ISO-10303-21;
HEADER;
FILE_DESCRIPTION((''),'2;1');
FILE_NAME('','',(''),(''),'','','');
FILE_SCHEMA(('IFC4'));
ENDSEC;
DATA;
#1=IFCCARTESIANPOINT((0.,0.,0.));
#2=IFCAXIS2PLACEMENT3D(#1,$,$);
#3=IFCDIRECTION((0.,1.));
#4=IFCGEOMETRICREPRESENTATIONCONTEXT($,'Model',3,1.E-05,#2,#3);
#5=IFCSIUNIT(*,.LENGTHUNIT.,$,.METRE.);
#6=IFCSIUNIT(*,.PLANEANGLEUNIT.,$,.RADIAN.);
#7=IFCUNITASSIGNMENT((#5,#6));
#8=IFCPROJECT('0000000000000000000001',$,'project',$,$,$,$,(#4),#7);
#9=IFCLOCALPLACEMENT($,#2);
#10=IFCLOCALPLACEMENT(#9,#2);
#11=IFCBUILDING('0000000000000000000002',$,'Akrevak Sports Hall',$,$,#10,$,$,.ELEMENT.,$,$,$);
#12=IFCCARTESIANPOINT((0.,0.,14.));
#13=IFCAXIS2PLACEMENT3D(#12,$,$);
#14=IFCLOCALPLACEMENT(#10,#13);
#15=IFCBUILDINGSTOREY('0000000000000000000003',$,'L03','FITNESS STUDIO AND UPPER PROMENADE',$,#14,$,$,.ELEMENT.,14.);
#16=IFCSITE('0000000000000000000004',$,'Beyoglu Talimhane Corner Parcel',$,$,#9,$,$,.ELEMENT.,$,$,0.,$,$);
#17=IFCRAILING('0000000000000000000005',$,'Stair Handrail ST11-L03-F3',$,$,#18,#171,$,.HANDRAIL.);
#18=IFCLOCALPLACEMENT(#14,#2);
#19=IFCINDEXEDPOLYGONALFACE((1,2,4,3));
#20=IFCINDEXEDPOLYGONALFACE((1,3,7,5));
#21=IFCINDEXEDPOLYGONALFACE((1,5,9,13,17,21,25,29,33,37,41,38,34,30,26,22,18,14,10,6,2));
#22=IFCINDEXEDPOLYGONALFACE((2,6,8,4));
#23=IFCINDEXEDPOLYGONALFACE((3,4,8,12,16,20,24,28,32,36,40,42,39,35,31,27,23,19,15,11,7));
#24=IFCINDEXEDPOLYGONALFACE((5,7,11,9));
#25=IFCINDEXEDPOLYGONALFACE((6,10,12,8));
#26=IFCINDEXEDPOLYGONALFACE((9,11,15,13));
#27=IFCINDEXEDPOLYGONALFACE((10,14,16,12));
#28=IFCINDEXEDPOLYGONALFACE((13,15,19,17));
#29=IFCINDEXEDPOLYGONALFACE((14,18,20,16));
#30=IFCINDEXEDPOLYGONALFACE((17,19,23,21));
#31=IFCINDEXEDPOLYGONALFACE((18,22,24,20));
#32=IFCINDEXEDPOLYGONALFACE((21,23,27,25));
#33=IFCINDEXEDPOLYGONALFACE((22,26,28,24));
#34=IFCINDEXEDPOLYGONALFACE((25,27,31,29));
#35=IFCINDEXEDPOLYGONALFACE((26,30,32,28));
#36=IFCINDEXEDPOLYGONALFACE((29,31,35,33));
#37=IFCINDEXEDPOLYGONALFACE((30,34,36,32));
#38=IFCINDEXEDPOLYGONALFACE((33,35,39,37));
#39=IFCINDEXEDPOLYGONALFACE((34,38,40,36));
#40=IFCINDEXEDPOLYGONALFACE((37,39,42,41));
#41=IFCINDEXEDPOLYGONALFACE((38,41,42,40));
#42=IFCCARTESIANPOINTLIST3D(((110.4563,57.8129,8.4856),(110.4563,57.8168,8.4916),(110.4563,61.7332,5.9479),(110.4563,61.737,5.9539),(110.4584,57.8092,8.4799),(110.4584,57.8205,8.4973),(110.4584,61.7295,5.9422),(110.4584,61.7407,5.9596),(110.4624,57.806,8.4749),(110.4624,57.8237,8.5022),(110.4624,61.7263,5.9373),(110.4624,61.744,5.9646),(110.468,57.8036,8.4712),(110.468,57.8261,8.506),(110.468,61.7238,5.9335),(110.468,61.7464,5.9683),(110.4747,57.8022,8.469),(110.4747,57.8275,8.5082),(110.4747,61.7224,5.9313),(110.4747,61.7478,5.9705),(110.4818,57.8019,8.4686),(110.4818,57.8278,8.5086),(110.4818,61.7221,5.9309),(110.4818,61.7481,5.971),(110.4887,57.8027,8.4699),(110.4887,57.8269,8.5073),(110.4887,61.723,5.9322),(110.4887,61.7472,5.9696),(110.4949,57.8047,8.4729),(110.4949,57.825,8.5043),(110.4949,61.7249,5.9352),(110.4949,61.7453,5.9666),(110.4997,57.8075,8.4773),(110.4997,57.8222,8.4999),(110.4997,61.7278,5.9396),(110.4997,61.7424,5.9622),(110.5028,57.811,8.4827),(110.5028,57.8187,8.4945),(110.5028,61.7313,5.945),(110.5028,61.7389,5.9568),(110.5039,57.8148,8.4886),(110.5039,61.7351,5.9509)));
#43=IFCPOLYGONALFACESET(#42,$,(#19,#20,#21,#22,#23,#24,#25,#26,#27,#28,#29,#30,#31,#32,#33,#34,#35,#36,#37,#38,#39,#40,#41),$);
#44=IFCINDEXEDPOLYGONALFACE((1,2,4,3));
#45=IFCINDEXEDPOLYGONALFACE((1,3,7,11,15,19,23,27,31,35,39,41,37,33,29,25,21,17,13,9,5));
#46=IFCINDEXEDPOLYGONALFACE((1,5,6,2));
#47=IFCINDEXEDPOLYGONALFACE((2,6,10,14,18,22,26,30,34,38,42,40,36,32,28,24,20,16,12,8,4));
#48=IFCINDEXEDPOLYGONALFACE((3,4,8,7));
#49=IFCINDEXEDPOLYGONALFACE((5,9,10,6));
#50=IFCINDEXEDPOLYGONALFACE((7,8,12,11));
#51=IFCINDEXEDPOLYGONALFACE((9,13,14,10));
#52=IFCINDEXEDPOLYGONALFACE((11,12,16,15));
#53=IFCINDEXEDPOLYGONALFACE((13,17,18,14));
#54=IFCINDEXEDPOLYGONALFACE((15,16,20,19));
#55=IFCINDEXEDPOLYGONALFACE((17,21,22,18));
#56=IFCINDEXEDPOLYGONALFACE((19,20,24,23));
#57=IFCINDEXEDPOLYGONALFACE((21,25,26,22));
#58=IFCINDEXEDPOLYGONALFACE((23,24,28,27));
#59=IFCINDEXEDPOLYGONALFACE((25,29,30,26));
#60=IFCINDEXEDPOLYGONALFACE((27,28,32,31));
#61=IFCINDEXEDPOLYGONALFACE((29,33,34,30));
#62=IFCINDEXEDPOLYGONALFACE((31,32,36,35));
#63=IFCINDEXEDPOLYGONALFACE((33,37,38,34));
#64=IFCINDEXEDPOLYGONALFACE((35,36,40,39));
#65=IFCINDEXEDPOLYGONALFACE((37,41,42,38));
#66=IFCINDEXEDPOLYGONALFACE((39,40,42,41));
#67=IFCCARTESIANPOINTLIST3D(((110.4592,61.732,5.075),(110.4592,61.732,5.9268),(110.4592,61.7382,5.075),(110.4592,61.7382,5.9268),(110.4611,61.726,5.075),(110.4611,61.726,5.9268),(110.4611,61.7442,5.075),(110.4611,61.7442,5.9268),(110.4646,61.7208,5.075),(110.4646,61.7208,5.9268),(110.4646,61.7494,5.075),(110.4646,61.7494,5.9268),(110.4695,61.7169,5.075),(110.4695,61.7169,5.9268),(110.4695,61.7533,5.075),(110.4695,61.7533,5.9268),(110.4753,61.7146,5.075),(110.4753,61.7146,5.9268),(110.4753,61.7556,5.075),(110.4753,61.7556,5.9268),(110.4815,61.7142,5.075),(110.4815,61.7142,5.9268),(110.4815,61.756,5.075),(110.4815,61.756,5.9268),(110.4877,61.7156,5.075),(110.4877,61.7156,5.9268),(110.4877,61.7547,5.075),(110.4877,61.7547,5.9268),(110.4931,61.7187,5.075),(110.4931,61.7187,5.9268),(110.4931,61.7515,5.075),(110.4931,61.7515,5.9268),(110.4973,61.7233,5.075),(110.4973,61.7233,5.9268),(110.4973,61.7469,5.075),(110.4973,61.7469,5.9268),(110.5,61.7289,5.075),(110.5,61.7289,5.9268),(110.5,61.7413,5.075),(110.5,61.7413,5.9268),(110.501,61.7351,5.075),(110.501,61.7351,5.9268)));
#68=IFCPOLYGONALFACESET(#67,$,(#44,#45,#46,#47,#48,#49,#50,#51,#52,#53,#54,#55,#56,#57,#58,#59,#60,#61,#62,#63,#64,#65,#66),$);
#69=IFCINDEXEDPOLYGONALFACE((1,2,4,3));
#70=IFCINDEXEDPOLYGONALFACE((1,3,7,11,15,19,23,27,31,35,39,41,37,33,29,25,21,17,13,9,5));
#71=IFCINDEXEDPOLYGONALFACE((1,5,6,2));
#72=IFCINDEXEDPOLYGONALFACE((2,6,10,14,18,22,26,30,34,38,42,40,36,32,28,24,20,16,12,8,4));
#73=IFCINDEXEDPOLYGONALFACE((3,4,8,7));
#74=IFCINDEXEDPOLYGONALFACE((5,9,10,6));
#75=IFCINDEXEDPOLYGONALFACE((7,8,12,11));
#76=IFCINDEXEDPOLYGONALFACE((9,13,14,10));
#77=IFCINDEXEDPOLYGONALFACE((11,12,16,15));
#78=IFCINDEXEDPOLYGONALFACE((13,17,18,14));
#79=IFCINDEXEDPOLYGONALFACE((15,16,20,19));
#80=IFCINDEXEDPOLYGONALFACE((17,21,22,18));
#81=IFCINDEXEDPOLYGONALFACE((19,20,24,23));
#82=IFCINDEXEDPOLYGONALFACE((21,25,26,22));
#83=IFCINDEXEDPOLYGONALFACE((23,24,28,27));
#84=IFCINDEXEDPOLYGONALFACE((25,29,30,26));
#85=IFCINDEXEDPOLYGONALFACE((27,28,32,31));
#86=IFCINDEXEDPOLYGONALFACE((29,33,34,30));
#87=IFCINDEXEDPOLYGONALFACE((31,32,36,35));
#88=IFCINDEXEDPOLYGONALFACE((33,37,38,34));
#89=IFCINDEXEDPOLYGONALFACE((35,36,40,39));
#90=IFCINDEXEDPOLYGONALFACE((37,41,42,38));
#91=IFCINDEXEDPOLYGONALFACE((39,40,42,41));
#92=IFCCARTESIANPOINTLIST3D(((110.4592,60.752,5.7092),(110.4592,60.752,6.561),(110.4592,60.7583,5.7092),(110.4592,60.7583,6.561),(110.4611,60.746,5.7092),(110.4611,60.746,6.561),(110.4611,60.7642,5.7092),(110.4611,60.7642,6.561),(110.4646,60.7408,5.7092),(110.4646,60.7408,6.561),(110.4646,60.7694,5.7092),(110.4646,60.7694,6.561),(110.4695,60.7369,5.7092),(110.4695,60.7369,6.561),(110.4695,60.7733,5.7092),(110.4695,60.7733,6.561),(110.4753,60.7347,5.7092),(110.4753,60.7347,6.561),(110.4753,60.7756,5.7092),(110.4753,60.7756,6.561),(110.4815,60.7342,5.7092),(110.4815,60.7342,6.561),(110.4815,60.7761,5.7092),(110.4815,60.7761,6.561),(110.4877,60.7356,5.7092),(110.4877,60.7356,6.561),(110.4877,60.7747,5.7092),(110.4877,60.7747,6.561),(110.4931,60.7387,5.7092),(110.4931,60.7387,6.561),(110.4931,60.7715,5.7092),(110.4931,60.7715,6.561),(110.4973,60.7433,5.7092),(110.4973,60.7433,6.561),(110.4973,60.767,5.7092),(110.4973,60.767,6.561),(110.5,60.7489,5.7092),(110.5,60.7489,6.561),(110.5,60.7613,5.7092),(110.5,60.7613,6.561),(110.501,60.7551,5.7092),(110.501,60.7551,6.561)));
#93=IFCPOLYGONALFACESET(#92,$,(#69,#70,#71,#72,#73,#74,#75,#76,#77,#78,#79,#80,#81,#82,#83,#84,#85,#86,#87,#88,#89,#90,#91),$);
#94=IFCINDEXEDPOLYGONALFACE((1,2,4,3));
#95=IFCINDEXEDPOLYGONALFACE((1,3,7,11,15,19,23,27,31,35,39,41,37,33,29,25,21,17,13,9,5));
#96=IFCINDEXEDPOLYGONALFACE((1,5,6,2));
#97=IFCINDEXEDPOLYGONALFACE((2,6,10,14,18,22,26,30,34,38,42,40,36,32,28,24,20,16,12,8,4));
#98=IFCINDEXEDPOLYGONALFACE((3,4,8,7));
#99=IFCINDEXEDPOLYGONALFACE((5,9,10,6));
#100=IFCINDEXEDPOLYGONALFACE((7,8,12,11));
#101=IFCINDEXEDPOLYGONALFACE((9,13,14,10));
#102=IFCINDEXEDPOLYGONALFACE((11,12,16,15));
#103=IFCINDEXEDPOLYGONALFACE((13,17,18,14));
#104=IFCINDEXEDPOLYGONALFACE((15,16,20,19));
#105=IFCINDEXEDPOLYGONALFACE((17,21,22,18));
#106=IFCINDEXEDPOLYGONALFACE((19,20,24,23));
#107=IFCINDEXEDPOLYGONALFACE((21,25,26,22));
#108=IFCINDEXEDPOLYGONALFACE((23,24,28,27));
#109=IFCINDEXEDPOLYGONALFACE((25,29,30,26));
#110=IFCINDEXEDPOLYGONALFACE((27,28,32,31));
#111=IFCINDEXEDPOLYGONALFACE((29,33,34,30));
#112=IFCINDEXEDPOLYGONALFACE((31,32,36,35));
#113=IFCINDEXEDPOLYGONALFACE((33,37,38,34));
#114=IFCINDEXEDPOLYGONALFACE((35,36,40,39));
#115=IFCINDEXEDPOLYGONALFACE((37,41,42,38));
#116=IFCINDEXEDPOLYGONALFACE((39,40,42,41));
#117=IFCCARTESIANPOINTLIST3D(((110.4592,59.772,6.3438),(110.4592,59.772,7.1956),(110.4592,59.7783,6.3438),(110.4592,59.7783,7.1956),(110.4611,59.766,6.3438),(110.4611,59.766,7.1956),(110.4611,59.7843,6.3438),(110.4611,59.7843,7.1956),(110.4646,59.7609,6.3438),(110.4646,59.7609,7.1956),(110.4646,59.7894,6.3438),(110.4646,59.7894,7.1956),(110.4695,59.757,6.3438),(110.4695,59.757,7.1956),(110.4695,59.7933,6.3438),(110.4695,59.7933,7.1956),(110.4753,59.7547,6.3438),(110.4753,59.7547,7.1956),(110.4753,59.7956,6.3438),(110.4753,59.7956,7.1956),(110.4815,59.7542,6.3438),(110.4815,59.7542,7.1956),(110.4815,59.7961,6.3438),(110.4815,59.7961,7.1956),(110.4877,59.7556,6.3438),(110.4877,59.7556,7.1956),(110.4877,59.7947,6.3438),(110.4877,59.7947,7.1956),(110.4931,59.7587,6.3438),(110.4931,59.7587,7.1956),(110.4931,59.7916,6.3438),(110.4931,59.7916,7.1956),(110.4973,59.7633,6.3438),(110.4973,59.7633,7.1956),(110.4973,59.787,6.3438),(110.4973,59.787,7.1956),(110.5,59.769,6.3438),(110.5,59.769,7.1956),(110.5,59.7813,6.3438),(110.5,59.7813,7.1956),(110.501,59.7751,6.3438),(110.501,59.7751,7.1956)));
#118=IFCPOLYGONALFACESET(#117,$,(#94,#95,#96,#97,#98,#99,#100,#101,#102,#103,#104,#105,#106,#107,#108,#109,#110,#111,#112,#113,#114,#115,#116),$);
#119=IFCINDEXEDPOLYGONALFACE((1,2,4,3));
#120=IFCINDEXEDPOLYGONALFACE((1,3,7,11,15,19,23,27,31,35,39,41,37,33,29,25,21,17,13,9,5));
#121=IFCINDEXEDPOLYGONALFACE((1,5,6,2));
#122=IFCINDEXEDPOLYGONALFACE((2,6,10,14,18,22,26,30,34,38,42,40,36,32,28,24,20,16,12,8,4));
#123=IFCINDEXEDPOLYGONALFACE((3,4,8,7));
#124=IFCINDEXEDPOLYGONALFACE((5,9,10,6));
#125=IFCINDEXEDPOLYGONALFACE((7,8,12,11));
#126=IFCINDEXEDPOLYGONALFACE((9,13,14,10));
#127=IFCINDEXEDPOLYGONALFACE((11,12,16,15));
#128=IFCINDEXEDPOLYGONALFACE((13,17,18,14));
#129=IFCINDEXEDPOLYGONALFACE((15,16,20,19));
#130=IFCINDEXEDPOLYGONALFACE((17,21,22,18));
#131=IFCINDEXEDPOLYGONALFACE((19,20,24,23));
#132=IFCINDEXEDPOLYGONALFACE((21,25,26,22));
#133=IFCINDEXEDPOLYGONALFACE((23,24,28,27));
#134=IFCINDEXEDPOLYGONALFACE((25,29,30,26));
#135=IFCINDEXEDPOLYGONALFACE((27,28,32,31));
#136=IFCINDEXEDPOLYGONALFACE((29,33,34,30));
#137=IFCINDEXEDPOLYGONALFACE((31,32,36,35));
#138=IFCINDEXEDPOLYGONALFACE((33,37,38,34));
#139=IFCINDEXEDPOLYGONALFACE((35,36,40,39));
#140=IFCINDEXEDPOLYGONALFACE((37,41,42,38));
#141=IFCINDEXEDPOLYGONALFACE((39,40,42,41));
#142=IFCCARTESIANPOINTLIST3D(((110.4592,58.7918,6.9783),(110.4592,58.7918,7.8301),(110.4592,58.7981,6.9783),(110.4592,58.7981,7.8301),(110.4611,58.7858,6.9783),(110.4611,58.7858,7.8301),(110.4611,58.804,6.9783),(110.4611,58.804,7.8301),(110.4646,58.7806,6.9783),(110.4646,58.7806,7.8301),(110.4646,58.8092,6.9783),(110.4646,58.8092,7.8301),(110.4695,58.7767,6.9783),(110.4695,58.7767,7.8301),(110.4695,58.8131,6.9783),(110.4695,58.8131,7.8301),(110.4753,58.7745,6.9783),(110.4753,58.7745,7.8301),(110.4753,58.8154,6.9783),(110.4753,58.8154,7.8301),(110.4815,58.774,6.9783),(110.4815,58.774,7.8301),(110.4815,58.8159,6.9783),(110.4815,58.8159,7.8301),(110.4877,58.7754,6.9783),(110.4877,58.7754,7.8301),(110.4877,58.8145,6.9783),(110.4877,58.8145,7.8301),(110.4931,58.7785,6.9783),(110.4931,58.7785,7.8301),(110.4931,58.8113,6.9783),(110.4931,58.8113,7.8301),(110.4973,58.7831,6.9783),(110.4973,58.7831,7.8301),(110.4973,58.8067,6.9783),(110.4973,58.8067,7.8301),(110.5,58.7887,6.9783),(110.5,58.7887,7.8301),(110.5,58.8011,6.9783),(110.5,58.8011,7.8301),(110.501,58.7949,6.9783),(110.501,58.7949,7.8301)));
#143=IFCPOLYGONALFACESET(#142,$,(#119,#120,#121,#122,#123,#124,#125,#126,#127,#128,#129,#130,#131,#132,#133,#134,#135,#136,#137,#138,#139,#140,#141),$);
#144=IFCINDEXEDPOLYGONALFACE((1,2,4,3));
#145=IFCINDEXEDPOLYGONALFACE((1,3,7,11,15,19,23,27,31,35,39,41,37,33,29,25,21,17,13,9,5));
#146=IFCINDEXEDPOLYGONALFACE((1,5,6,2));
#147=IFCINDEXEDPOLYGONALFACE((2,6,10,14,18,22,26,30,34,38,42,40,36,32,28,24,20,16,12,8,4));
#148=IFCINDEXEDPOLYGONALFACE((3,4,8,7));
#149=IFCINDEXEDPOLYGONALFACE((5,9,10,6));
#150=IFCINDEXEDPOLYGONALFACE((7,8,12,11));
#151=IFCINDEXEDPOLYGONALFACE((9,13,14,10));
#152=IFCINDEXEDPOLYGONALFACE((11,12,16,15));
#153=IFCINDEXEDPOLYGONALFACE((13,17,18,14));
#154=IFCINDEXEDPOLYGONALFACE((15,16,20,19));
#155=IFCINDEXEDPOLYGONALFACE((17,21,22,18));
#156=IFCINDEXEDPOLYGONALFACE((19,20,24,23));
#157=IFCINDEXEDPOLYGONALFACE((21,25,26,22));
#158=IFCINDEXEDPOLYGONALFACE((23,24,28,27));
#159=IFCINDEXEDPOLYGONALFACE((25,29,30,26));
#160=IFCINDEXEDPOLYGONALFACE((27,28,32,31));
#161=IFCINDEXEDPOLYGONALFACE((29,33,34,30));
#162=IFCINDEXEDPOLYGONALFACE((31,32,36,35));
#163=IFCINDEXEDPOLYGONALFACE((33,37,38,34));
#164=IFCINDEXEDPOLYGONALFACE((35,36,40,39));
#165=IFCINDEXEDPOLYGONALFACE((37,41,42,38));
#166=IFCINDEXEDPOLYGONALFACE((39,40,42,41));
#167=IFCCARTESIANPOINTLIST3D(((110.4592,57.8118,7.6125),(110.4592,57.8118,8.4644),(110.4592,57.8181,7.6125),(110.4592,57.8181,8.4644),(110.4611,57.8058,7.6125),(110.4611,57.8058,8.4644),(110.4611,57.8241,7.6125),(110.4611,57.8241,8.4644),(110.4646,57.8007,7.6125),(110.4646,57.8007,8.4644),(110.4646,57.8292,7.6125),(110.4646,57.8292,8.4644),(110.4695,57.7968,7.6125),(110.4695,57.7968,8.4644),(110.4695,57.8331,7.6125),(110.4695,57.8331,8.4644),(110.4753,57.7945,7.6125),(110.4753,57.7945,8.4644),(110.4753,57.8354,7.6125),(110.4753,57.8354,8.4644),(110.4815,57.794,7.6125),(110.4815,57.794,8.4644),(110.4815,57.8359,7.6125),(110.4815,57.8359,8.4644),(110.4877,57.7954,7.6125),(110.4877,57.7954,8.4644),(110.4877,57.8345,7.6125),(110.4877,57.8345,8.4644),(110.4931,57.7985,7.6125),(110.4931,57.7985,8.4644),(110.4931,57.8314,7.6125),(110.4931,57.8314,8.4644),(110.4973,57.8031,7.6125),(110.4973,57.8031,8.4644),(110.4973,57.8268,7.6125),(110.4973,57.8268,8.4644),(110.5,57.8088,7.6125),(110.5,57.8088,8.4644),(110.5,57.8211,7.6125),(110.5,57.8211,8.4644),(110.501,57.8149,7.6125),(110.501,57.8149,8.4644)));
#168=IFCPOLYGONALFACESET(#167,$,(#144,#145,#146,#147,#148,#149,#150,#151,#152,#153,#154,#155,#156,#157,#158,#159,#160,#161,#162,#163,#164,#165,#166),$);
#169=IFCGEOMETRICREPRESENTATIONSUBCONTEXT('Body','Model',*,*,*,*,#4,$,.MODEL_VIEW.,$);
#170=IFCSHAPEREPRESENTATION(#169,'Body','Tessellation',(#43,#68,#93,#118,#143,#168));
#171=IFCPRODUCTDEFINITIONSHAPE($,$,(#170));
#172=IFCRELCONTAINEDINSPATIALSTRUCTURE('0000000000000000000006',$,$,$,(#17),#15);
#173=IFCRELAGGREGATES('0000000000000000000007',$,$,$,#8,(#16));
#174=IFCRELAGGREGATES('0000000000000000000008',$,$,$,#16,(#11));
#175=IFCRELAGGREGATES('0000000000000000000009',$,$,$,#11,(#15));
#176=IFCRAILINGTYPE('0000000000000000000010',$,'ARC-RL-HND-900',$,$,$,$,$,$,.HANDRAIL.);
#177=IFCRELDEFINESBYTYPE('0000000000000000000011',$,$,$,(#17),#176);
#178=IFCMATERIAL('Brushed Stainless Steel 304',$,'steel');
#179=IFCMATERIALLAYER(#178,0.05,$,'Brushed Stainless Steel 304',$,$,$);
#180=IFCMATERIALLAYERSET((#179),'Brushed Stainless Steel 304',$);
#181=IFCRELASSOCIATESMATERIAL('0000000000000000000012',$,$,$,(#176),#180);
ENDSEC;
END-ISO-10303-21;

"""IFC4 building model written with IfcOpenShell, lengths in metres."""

from ifc_helpers import new_model, si_unit, direction, frame, origin, origin_2d, place, context, subcontext, project, spatial, circle, extrude, material, layer, layer_set, type_object, element, save


model = new_model("IFC4")

# Units and contexts
model_context = context("Model", 3, precision=1e-05, world=origin(), true_north=direction((0.0, 1.0)))
body_context = subcontext(model_context, "Body", "Model", "MODEL_VIEW")
ifc_project = project(units=[si_unit("LENGTHUNIT", "METRE"), si_unit("PLANEANGLEUNIT", "RADIAN")], contexts=[model_context])

# Site, building, storey
site_placement = place(None, origin())
site = spatial("IfcSite", under=ifc_project, at=site_placement, Name="Beyoglu Talimhane Corner Parcel", CompositionType="ELEMENT", RefElevation=0.0)
building_placement = place(site_placement, origin())
building = spatial("IfcBuilding", under=site, at=building_placement, Name="Akrevak Sports Hall", CompositionType="ELEMENT")
storey_placement = place(building_placement, frame((0.0, 0.0, 14.0)))
storey = spatial("IfcBuildingStorey", under=building, at=storey_placement, Name="L03", Description="FITNESS STUDIO AND UPPER PROMENADE", CompositionType="ELEMENT", Elevation=14.0)

# Shared definitions
ifc_material_1 = material(Name="Brushed Stainless Steel 304", Category="steel")

# Railing
ifc_layer_1 = layer(ifc_material_1, 0.05, Name="Brushed Stainless Steel 304")
ifc_layer_set_1 = layer_set([ifc_layer_1], Name="Brushed Stainless Steel 304")
railing_type = type_object("IfcRailingType", Name="ARC-RL-HND-900", PredefinedType="HANDRAIL", material=ifc_layer_set_1)
for number, where, name in (
    (1, (110.48, 61.7351, 5.075), "Stair Handrail ST11-L03-F3"),
):
    element("IfcRailing", number, at=place(storey_placement, frame(where)), inside=storey, type_object=railing_type, Name=name, PredefinedType="HANDRAIL", context=body_context, shape_type="SweptSolid", body=[
        extrude(circle(Radius=0.0239, at=origin_2d()), frame((0.0, 0.0, 0.876), z_axis=(0.0, -0.839471, 0.543405), x_axis=(1.0, 0.0, 0.0)), (0.0, 0.0, 1.0), 4.6699),
        extrude(circle(Radius=0.021, at=origin_2d()), origin(), (0.0, 0.0, 1.0), 0.8518),
        extrude(circle(Radius=0.021, at=origin_2d()), frame((0.0, -0.98, 0.6343)), (0.0, 0.0, 1.0), 0.8518),
        extrude(circle(Radius=0.021, at=origin_2d()), frame((0.0, -1.96, 1.2688)), (0.0, 0.0, 1.0), 0.8518),
        extrude(circle(Radius=0.021, at=origin_2d()), frame((0.0, -2.9402, 1.9033)), (0.0, 0.0, 1.0), 0.8518),
        extrude(circle(Radius=0.021, at=origin_2d()), frame((0.0, -3.9202, 2.5376)), (0.0, 0.0, 1.0), 0.8518),
    ])

save(model, "model.ifc")
